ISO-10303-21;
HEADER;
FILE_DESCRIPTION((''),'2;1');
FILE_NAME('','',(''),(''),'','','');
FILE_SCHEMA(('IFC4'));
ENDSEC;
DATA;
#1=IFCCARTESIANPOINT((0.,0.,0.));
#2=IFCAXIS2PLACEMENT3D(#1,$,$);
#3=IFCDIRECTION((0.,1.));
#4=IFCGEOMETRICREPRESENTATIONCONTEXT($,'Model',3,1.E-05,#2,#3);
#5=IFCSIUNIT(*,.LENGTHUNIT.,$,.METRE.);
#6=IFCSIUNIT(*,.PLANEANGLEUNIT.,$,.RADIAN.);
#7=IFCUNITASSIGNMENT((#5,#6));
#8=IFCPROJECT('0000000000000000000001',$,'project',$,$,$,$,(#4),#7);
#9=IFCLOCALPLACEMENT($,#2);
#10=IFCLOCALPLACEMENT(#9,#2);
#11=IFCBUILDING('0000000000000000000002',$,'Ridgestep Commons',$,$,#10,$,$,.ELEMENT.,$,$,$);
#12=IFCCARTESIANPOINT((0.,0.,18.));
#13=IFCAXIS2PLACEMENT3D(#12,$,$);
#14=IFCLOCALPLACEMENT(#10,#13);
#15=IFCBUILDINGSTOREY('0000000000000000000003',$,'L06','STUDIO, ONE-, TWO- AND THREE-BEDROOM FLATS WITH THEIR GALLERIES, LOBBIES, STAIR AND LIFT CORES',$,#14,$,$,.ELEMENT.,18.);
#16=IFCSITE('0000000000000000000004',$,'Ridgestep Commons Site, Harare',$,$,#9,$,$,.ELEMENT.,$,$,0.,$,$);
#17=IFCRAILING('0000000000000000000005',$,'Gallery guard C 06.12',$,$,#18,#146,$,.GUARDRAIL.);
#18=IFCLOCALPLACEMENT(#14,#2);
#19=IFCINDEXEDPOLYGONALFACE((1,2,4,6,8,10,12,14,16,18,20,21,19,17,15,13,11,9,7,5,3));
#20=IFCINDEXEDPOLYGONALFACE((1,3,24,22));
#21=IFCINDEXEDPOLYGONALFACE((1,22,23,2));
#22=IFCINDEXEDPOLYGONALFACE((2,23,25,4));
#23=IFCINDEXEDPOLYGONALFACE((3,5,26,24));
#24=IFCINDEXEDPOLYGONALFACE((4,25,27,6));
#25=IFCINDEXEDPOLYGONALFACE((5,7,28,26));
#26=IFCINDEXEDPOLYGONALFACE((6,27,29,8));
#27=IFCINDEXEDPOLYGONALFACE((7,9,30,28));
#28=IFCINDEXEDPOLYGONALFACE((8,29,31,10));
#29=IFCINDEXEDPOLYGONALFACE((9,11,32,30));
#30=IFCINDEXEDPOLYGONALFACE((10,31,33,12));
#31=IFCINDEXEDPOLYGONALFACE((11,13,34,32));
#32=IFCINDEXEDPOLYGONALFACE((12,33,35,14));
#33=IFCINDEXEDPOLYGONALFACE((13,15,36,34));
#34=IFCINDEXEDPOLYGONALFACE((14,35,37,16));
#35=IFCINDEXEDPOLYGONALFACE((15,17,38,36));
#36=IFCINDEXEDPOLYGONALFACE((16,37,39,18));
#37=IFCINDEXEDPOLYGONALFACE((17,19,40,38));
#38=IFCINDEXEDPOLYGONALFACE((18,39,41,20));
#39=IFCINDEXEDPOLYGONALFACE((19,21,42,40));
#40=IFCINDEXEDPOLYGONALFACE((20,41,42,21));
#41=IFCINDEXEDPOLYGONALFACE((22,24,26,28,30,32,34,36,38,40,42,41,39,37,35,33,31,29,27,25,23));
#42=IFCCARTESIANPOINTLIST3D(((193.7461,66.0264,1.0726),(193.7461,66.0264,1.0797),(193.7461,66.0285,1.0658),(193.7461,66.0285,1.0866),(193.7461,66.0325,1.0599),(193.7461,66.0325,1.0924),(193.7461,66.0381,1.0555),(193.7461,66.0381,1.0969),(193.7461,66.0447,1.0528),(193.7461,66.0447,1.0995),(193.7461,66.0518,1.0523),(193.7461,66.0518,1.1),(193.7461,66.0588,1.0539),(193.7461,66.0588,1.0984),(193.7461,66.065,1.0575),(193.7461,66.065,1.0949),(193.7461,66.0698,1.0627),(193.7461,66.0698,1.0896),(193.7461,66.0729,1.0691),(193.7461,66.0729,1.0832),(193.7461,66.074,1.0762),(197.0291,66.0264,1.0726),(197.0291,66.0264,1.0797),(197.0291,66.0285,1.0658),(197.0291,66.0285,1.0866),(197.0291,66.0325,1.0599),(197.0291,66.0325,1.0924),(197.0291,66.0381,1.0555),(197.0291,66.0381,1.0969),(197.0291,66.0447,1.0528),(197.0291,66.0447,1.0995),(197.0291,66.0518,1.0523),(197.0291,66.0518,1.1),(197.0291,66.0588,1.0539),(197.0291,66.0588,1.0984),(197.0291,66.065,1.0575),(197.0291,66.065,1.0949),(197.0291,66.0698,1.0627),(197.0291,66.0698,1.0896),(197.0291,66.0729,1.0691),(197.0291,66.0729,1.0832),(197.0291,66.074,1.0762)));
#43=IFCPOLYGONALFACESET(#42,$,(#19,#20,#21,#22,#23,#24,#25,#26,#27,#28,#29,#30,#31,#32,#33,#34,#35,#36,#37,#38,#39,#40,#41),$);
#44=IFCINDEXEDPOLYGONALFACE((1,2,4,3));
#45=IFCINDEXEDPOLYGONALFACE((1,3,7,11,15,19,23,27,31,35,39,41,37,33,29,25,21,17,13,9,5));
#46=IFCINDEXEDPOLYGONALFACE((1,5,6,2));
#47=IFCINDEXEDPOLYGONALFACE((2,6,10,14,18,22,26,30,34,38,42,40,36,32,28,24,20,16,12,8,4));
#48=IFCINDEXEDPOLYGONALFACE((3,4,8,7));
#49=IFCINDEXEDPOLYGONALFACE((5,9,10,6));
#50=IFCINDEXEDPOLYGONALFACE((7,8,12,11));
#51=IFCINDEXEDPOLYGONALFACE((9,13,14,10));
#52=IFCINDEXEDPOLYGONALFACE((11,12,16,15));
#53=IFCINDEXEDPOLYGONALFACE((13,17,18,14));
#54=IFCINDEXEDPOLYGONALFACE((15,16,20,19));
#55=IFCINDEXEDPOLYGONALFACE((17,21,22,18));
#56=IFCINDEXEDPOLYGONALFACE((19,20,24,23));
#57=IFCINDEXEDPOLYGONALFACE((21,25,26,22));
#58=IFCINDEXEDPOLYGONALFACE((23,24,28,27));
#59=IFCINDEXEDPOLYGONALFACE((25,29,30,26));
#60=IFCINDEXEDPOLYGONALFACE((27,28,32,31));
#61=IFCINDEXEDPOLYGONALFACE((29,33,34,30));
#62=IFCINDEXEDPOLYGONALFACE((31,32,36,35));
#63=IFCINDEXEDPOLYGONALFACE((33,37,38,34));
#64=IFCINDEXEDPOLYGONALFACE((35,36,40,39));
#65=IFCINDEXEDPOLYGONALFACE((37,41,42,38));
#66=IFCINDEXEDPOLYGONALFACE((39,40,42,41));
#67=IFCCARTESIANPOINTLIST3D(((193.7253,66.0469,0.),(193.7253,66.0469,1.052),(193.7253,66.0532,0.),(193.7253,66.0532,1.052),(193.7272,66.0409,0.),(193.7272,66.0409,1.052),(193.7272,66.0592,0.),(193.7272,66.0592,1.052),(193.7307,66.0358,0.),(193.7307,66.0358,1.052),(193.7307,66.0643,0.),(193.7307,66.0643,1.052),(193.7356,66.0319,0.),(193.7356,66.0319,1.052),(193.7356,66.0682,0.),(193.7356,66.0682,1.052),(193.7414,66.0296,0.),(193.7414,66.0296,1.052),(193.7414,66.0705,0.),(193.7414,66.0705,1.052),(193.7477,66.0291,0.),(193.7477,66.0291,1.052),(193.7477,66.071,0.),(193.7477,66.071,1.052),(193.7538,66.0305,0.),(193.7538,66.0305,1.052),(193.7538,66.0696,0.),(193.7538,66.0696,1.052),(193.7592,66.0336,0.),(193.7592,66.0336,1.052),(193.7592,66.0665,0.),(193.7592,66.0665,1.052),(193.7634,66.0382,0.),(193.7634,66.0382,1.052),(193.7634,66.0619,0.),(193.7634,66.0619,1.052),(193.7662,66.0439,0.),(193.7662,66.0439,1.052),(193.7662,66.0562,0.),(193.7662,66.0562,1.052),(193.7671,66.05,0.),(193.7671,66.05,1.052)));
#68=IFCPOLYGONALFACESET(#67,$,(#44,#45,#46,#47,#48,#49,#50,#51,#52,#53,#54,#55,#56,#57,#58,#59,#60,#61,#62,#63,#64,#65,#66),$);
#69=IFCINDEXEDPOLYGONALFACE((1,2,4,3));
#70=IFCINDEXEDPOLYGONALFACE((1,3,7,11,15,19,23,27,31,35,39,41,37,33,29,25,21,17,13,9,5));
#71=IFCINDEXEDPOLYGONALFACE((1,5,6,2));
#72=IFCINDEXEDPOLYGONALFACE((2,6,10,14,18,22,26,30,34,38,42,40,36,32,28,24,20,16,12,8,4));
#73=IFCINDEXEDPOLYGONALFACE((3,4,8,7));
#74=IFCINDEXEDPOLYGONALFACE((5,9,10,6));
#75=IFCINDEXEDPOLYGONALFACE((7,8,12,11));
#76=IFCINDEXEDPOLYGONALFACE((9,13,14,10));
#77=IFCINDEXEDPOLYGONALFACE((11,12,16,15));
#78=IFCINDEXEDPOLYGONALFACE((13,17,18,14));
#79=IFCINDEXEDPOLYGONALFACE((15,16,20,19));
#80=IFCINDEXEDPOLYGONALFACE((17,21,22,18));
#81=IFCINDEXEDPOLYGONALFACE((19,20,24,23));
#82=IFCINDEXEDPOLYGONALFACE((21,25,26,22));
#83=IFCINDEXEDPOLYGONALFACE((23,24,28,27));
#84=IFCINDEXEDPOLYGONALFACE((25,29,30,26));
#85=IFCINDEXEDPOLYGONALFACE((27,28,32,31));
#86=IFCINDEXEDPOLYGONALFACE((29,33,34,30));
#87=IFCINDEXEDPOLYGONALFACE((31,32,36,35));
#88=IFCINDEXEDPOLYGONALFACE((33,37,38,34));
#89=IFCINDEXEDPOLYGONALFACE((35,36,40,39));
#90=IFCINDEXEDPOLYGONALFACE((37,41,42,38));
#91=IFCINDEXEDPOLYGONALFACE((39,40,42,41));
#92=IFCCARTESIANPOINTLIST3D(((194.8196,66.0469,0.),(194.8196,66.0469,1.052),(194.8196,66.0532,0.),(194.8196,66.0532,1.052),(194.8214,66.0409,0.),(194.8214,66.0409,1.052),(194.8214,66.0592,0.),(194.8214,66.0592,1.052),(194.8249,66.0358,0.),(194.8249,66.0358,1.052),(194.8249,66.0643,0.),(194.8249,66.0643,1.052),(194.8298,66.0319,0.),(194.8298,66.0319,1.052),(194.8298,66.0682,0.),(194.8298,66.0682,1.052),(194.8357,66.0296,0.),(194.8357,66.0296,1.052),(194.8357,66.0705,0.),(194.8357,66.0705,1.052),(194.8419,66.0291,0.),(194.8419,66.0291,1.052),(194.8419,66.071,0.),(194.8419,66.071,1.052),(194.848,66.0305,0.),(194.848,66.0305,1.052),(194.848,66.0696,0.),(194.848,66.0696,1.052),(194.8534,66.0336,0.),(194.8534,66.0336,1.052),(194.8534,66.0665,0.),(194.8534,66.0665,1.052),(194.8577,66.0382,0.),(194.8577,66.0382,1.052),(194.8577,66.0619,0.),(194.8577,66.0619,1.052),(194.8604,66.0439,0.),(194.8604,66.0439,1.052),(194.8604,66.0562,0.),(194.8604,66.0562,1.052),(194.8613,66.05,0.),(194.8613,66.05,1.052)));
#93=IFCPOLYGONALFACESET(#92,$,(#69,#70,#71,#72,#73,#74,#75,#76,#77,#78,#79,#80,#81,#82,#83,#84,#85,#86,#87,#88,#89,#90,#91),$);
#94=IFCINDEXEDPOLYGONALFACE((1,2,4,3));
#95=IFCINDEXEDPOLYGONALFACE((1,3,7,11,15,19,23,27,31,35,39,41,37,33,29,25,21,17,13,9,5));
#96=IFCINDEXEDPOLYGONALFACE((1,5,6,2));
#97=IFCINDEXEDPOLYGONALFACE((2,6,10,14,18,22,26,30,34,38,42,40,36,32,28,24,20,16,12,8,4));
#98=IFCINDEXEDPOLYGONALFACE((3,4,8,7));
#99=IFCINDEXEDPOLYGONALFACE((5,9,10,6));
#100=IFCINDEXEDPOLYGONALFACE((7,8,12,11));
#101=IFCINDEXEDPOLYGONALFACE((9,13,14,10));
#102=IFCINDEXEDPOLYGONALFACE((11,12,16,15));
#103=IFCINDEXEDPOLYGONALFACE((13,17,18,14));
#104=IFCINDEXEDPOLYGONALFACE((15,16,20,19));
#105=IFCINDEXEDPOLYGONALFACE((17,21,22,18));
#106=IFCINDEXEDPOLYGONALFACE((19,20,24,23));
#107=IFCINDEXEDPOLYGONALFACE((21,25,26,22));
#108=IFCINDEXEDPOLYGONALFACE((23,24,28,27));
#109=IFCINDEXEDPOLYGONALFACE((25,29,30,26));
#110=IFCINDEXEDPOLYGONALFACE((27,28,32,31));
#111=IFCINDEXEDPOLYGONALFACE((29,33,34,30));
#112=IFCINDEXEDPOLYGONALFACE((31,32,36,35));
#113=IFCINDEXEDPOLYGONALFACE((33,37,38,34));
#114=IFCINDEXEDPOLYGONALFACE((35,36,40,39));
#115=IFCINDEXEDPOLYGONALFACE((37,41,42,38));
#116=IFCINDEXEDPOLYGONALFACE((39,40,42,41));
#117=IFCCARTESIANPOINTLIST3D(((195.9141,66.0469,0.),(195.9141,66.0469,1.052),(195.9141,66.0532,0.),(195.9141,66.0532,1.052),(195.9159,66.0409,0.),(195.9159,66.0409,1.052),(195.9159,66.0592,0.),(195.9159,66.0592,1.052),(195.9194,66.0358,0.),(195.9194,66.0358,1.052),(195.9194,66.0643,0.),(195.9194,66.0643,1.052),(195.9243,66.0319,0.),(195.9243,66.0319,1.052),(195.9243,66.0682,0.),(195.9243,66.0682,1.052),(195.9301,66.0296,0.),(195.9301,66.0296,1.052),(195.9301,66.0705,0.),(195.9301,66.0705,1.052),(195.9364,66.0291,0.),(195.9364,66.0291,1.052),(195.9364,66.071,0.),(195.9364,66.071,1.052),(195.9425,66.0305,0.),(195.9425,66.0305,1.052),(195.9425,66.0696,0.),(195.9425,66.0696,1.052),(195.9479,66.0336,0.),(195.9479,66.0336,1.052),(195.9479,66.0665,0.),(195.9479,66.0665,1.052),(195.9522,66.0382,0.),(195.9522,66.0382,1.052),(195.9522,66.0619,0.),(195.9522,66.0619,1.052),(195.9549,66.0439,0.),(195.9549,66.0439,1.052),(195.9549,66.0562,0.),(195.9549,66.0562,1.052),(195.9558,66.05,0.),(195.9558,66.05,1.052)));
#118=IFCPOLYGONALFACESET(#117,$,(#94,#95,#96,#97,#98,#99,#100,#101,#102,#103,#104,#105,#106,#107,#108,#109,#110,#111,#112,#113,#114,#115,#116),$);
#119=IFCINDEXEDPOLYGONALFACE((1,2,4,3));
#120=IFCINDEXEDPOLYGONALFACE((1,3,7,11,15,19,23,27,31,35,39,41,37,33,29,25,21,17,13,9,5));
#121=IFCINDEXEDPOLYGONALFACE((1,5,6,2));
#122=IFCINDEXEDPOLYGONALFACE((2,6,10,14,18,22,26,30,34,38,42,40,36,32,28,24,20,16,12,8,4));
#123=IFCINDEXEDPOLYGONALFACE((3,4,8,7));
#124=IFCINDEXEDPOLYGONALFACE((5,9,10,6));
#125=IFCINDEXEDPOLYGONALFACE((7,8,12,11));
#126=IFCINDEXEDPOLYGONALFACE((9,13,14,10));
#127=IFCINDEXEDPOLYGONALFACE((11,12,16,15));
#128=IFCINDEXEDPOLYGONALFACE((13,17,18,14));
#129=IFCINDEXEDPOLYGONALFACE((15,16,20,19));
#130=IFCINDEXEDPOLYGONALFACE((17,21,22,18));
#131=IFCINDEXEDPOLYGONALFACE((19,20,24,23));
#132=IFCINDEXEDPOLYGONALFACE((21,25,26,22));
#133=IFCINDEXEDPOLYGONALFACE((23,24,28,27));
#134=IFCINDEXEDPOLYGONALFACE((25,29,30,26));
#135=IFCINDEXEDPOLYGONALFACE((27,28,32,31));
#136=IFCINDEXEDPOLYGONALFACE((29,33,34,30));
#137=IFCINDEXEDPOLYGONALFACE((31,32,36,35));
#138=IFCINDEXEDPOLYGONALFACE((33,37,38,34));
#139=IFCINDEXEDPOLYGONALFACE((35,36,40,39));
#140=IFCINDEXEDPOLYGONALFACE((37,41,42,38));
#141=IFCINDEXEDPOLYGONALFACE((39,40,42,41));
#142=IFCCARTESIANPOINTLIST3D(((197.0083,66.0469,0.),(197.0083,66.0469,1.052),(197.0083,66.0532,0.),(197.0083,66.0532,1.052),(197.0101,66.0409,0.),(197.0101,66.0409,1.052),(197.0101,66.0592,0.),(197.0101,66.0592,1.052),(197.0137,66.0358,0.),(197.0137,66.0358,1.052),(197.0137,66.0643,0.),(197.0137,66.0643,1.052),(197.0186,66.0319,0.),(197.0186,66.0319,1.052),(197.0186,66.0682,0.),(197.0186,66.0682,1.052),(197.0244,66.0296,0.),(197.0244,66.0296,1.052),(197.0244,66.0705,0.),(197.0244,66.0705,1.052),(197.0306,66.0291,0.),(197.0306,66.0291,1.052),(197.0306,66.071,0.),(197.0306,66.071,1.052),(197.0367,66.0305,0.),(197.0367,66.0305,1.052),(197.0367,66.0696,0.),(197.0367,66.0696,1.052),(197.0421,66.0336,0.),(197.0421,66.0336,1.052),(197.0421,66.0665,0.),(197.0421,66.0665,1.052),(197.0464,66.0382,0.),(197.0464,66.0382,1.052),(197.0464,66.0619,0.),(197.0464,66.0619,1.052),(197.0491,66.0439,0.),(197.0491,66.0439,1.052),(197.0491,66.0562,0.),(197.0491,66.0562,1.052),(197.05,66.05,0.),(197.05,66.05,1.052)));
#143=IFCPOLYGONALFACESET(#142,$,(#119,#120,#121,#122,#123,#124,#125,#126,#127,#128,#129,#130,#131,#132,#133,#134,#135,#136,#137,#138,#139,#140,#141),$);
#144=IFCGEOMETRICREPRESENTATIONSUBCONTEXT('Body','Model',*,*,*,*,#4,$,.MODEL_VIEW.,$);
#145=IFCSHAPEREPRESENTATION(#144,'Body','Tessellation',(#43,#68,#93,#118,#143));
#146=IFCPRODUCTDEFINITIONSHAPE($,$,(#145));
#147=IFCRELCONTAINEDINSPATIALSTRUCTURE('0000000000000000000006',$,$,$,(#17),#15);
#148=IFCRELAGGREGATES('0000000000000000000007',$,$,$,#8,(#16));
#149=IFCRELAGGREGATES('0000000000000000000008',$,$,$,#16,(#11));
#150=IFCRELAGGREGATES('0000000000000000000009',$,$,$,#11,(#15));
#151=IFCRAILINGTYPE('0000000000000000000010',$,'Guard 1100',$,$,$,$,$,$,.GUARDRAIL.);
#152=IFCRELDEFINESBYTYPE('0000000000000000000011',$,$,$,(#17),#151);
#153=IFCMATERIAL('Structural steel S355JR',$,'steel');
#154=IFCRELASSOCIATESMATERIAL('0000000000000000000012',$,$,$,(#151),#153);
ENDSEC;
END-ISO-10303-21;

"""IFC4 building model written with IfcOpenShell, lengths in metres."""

from ifc_helpers import new_model, si_unit, direction, frame, origin, origin_2d, place, context, subcontext, project, spatial, circle, extrude, material, type_object, element, save


model = new_model("IFC4")

# Units and contexts
model_context = context("Model", 3, precision=1e-05, world=origin(), true_north=direction((0.0, 1.0)))
body_context = subcontext(model_context, "Body", "Model", "MODEL_VIEW")
ifc_project = project(units=[si_unit("LENGTHUNIT", "METRE"), si_unit("PLANEANGLEUNIT", "RADIAN")], contexts=[model_context])

# Site, building, storey
site_placement = place(None, origin())
site = spatial("IfcSite", under=ifc_project, at=site_placement, Name="Ridgestep Commons Site, Harare", CompositionType="ELEMENT", RefElevation=0.0)
building_placement = place(site_placement, origin())
building = spatial("IfcBuilding", under=site, at=building_placement, Name="Ridgestep Commons", CompositionType="ELEMENT")
storey_placement = place(building_placement, frame((0.0, 0.0, 18.0)))
storey = spatial("IfcBuildingStorey", under=building, at=storey_placement, Name="L06", Description="STUDIO, ONE-, TWO- AND THREE-BEDROOM FLATS WITH THEIR GALLERIES, LOBBIES, STAIR AND LIFT CORES", CompositionType="ELEMENT", Elevation=18.0)

# Railing
ifc_material_1 = material(Name="Structural steel S355JR", Category="steel")
railing_type = type_object("IfcRailingType", Name="Guard 1100", PredefinedType="GUARDRAIL", material=ifc_material_1)
railing_1_placement = place(storey_placement, frame((193.7461, 66.05, 0.0)))
element("IfcRailing", 1, at=railing_1_placement, inside=storey, type_object=railing_type, Name="Gallery guard C 06.12", PredefinedType="GUARDRAIL", context=body_context, shape_type="SweptSolid", body=[
    extrude(circle(Radius=0.0239, at=origin_2d()), frame((0.0, 0.0, 1.0762), z_axis=(1.0, 0.0, 0.0), x_axis=(0.0, 1.0, 0.0)), (0.0, 0.0, 1.0), 3.283),
    extrude(circle(Radius=0.021, at=origin_2d()), origin(), (0.0, 0.0, 1.0), 1.052),
    extrude(circle(Radius=0.021, at=origin_2d()), frame((1.0942, 0.0, 0.0)), (0.0, 0.0, 1.0), 1.052),
    extrude(circle(Radius=0.021, at=origin_2d()), frame((2.1887, 0.0, 0.0)), (0.0, 0.0, 1.0), 1.052),
    extrude(circle(Radius=0.021, at=origin_2d()), frame((3.283, 0.0, 0.0)), (0.0, 0.0, 1.0), 1.052),
])

save(model, "model.ifc")
